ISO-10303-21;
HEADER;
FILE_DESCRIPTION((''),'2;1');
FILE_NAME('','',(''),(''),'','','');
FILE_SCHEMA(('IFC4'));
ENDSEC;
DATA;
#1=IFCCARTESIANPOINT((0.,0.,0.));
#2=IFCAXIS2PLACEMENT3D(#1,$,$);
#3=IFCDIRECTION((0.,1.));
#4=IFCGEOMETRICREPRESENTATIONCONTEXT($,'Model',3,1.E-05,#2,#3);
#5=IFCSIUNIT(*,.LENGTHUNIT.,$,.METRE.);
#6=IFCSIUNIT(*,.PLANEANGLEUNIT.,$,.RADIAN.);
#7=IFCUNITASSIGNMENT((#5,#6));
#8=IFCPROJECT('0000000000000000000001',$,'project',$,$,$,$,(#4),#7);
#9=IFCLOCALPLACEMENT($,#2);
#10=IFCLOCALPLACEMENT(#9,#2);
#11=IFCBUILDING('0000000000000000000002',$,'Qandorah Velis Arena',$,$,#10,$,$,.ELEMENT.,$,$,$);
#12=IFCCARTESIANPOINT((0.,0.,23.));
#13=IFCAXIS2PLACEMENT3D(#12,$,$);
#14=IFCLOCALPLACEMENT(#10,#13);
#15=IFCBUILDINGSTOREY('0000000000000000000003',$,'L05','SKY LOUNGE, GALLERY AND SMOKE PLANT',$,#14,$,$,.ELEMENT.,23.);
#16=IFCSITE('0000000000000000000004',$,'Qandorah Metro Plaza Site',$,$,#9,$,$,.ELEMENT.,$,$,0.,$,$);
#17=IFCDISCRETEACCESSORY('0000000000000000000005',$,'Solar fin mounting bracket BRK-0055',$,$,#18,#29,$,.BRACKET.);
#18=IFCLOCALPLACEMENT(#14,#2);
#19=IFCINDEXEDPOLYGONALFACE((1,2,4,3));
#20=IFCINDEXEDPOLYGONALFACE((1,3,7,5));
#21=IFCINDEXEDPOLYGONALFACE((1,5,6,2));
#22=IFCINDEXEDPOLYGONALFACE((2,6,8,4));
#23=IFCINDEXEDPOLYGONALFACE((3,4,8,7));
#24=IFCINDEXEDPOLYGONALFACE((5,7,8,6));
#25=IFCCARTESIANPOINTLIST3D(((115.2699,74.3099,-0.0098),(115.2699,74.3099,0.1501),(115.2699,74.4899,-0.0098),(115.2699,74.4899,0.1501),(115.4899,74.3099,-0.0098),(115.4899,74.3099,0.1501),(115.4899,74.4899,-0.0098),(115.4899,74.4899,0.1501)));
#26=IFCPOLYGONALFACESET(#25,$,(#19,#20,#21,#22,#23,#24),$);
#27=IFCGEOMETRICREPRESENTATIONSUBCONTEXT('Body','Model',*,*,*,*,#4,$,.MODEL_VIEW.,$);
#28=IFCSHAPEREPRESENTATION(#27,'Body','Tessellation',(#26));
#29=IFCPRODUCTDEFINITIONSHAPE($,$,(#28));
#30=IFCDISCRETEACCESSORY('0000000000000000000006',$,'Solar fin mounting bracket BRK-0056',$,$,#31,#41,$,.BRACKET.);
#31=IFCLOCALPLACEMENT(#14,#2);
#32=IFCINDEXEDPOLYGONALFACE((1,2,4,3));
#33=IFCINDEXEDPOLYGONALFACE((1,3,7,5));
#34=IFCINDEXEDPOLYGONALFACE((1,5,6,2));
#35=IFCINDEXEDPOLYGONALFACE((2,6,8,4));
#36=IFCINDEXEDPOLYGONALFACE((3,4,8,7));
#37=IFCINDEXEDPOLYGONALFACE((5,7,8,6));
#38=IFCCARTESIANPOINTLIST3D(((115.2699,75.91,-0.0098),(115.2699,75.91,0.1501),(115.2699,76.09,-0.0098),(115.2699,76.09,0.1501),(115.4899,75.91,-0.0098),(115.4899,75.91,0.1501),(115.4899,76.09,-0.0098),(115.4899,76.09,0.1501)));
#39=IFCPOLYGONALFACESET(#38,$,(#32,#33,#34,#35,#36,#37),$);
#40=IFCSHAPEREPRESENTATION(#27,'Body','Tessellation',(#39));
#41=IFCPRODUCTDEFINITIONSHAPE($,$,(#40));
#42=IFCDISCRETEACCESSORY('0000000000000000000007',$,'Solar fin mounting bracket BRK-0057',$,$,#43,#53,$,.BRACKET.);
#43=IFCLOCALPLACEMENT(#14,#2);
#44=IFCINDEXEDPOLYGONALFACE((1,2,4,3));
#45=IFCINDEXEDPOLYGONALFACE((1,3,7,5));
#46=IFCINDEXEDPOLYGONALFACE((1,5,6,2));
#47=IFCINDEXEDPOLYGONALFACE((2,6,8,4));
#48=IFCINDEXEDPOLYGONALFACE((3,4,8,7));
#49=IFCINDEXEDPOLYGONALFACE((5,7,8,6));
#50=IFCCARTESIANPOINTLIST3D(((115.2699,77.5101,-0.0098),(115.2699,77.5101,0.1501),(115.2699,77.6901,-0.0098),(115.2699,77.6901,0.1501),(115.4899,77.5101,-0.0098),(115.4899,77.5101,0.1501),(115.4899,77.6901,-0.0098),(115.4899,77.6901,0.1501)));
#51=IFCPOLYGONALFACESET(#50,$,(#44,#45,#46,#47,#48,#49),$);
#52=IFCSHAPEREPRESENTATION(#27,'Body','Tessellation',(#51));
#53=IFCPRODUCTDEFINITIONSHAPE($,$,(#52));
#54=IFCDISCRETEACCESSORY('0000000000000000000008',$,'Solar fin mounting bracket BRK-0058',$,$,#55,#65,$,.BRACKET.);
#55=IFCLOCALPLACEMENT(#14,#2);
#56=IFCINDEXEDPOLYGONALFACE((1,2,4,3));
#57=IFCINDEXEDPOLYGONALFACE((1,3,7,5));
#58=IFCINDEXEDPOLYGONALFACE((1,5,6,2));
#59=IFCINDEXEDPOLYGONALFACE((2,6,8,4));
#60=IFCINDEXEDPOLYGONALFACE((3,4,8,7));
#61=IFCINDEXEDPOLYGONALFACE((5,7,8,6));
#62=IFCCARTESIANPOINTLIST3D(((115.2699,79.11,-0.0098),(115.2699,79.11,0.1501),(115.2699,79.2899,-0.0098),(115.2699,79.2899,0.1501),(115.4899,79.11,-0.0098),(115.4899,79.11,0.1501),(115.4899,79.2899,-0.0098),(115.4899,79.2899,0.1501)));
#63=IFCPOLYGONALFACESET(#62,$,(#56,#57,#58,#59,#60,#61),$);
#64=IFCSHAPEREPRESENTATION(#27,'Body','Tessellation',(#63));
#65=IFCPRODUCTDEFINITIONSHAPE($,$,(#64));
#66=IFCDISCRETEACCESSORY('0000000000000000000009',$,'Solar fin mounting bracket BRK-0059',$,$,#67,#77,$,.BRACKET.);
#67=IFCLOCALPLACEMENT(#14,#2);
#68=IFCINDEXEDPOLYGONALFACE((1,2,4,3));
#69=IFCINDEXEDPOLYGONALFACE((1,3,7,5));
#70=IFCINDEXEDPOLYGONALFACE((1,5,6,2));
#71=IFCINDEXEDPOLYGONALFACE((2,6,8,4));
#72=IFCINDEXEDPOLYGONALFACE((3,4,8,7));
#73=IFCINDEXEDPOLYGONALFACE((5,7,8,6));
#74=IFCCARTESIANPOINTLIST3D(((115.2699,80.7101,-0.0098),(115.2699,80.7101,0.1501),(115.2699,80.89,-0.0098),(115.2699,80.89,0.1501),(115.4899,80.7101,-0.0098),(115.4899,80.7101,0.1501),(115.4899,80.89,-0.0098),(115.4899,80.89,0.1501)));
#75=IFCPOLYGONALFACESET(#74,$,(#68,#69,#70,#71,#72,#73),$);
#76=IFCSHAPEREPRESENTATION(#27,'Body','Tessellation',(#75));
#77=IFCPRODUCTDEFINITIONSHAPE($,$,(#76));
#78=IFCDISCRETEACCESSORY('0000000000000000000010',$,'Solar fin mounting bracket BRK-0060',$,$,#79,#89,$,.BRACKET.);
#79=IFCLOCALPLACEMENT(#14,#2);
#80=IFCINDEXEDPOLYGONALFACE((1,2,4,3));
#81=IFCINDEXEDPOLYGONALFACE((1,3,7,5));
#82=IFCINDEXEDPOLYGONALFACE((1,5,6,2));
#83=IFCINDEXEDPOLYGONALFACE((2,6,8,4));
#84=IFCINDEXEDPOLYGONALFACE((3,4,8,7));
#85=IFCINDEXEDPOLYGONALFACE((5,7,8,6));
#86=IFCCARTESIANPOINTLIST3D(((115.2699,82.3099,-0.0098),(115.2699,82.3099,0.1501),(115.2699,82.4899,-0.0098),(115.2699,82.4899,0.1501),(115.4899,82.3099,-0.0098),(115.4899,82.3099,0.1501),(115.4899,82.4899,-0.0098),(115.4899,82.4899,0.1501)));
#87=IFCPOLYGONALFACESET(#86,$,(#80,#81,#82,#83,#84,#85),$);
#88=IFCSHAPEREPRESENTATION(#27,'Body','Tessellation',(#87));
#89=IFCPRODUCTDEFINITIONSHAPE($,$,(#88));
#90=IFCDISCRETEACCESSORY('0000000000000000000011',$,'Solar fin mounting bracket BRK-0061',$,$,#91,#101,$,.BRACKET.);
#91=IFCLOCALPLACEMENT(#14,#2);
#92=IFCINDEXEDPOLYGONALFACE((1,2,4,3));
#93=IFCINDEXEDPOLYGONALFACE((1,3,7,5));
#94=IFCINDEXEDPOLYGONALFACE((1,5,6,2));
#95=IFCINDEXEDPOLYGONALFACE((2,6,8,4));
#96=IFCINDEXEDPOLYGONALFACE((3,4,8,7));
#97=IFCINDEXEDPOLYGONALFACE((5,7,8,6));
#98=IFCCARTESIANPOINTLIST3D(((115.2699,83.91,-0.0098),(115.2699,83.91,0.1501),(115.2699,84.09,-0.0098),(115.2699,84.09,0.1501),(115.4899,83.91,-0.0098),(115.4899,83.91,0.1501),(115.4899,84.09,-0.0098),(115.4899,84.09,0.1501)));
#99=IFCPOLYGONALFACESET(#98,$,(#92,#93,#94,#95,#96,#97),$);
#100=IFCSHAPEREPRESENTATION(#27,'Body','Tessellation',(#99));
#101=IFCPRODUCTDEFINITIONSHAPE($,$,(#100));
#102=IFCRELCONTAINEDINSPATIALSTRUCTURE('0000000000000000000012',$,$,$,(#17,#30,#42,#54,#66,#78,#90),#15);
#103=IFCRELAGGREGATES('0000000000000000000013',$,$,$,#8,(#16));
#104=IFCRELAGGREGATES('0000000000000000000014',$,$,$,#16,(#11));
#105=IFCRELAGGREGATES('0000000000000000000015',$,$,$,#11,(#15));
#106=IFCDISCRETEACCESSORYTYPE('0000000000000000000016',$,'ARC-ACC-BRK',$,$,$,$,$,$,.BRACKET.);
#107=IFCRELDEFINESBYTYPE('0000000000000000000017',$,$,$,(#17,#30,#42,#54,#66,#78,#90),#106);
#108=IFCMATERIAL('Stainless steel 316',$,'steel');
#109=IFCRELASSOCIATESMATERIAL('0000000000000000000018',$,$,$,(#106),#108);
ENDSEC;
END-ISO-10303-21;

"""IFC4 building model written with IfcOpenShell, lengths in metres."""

from ifc_helpers import new_model, si_unit, direction, frame, origin, origin_2d, place, context, subcontext, project, spatial, rectangle, extrude, material, type_object, element, save


model = new_model("IFC4")

# Units and contexts
model_context = context("Model", 3, precision=1e-05, world=origin(), true_north=direction((0.0, 1.0)))
body_context = subcontext(model_context, "Body", "Model", "MODEL_VIEW")
ifc_project = project(units=[si_unit("LENGTHUNIT", "METRE"), si_unit("PLANEANGLEUNIT", "RADIAN")], contexts=[model_context])

# Site, building, storey
site_placement = place(None, origin())
site = spatial("IfcSite", under=ifc_project, at=site_placement, Name="Qandorah Metro Plaza Site", CompositionType="ELEMENT", RefElevation=0.0)
building_placement = place(site_placement, origin())
building = spatial("IfcBuilding", under=site, at=building_placement, Name="Qandorah Velis Arena", CompositionType="ELEMENT")
storey_placement = place(building_placement, frame((0.0, 0.0, 23.0)))
storey = spatial("IfcBuildingStorey", under=building, at=storey_placement, Name="L05", Description="SKY LOUNGE, GALLERY AND SMOKE PLANT", CompositionType="ELEMENT", Elevation=23.0)

# Discrete accessories
ifc_material_1 = material(Name="Stainless steel 316", Category="steel")
discrete_accessory_type = type_object("IfcDiscreteAccessoryType", Name="ARC-ACC-BRK", PredefinedType="BRACKET", material=ifc_material_1)
for number, where, z_axis, x_axis, name in (
    (1, (115.3799, 74.3999, -0.0098), (0.0, 0.0, 1.0), (1.0, 0.0, 0.0), "Solar fin mounting bracket BRK-0055"),
    (2, (115.3799, 76.0, -0.0098), (0.0, 0.0, 1.0), (1.0, 0.0, 0.0), "Solar fin mounting bracket BRK-0056"),
    (3, (115.3799, 77.6001, -0.0098), (0.0, 0.0, 1.0), (1.0, 0.0, 0.0), "Solar fin mounting bracket BRK-0057"),
    (4, (115.3799, 79.2, -0.0098), (0.0, 0.0, 1.0), (1.0, 0.0, 0.0), "Solar fin mounting bracket BRK-0058"),
    (5, (115.3799, 80.8, -0.0098), (0.0, 0.0, 1.0), (1.0, 0.0, 0.0), "Solar fin mounting bracket BRK-0059"),
    (6, (115.3799, 82.3999, -0.0098), (0.0, 0.0, 1.0), (1.0, 0.0, 0.0), "Solar fin mounting bracket BRK-0060"),
    (7, (115.3799, 84.0, -0.0098), (0.0, 0.0, 1.0), (1.0, 0.0, 0.0), "Solar fin mounting bracket BRK-0061"),
):
    element("IfcDiscreteAccessory", number, at=place(storey_placement, frame(where, z_axis=z_axis, x_axis=x_axis)), inside=storey, type_object=discrete_accessory_type, Name=name, PredefinedType="BRACKET", context=body_context, shape_type="SweptSolid", body=[
        extrude(rectangle(XDim=0.22, YDim=0.1799, at=origin_2d()), origin(), (0.0, 0.0, 1.0), 0.1599),
    ])

save(model, "model.ifc")
